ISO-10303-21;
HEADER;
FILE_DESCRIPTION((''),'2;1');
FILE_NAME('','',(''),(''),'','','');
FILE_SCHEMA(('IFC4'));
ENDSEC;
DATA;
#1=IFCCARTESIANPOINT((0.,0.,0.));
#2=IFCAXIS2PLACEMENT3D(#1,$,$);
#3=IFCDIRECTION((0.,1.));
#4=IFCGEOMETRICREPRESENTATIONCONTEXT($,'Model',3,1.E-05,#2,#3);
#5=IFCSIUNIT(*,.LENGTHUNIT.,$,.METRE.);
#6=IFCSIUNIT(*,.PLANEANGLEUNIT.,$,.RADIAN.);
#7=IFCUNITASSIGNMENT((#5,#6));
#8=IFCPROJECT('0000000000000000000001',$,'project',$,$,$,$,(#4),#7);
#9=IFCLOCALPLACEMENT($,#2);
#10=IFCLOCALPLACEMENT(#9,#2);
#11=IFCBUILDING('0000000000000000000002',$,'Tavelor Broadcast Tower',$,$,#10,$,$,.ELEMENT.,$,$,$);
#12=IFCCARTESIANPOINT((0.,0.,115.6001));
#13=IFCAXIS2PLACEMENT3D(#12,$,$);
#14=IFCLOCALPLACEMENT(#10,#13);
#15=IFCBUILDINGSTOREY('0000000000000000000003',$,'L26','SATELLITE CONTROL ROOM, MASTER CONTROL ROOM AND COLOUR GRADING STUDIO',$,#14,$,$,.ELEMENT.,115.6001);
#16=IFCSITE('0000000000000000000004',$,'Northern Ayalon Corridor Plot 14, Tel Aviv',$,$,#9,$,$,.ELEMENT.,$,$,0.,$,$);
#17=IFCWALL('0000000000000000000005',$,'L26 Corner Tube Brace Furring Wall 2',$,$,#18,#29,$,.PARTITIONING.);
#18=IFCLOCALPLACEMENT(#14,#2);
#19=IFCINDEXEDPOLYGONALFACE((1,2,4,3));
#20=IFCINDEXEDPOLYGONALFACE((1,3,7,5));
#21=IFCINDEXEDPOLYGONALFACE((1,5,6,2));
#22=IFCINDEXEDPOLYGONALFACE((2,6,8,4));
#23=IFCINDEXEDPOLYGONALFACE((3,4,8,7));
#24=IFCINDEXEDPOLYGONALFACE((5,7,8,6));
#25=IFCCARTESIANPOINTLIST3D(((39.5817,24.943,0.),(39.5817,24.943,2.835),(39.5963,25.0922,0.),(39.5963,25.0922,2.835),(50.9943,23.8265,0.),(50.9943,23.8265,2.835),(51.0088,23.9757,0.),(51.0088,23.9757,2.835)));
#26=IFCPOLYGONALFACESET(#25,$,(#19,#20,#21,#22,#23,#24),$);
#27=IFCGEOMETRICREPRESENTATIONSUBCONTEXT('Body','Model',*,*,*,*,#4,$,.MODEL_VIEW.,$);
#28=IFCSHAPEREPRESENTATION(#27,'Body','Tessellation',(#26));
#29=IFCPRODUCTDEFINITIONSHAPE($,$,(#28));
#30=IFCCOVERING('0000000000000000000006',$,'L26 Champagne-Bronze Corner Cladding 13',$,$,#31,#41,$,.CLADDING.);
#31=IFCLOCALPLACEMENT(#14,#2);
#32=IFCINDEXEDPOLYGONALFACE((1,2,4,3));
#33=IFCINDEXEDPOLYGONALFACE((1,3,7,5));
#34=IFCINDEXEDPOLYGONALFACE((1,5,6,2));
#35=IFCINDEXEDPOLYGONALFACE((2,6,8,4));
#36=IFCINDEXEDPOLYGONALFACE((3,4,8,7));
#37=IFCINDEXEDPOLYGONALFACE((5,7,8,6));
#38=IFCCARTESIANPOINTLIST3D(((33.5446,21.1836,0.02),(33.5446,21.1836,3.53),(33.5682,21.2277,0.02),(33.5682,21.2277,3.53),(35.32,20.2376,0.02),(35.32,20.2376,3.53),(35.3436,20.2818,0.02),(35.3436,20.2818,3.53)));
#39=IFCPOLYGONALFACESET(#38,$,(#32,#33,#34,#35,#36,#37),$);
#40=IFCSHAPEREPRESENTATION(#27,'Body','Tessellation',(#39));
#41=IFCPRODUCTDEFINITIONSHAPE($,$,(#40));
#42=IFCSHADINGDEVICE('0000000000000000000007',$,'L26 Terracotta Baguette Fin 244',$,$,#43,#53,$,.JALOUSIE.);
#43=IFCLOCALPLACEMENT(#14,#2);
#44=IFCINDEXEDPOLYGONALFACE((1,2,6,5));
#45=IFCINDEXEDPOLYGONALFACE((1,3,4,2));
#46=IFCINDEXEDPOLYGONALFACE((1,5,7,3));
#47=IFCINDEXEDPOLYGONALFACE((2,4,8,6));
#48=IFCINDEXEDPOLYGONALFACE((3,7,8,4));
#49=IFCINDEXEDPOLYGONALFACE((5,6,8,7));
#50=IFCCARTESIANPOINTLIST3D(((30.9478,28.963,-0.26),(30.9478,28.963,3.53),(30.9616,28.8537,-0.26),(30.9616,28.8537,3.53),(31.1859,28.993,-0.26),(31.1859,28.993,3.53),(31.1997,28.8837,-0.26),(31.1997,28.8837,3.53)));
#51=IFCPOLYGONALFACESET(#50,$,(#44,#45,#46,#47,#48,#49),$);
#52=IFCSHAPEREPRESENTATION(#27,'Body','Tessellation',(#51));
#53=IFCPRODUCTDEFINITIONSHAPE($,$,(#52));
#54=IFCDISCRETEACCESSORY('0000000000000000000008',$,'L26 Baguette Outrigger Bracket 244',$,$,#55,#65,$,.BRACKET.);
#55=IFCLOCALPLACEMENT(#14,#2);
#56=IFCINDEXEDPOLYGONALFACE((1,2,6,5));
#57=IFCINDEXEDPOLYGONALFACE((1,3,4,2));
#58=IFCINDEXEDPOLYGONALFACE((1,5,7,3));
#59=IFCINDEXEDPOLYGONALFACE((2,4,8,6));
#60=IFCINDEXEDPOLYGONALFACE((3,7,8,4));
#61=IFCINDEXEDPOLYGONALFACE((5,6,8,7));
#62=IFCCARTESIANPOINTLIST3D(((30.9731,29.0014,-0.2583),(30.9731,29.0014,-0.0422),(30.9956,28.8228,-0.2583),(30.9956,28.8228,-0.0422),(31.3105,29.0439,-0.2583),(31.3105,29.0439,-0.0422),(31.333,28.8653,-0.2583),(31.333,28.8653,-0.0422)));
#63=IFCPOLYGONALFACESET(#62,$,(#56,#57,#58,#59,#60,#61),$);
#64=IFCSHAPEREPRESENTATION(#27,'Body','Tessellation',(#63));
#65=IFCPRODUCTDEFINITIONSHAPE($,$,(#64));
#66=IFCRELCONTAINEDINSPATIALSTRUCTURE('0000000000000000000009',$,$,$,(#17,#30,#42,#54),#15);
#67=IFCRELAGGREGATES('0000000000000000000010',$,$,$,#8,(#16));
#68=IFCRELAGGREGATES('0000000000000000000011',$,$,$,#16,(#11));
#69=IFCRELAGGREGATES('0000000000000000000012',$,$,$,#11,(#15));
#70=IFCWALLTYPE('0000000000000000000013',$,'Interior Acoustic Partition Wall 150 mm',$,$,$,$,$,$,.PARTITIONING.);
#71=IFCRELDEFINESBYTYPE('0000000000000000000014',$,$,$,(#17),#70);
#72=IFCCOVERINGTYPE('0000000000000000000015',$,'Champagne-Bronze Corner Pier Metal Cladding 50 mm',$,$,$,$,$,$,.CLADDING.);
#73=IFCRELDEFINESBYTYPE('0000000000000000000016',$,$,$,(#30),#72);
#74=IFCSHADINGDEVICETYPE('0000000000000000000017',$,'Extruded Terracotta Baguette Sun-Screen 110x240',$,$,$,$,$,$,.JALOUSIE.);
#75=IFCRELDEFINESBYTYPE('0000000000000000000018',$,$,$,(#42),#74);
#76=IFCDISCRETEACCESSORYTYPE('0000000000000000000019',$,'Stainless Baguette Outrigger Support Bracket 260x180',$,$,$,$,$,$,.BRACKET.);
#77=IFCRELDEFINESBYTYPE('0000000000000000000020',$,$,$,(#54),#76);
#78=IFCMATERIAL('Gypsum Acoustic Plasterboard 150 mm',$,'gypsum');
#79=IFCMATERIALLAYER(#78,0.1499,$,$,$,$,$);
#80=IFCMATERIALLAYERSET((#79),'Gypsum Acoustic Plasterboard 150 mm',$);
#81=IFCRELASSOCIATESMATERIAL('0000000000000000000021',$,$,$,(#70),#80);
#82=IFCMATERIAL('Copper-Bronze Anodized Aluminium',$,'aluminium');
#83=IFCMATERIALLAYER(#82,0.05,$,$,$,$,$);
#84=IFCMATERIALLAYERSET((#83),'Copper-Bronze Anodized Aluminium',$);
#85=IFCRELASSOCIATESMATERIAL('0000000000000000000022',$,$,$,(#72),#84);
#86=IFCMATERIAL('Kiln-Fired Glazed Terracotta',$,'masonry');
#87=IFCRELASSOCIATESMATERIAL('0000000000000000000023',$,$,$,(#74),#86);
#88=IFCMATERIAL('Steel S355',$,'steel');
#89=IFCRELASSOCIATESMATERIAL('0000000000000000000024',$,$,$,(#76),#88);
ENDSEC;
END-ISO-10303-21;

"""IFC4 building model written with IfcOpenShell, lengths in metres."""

from ifc_helpers import new_model, si_unit, direction, frame, frame_2d, origin, origin_2d, place, context, subcontext, project, spatial, rectangle, extrude, source, transform, mapped, material, layer, layer_set, type_object, type_shapes, element, save


model = new_model("IFC4")

# Units and contexts
model_context = context("Model", 3, precision=1e-05, world=origin(), true_north=direction((0.0, 1.0)))
body_context = subcontext(model_context, "Body", "Model", "MODEL_VIEW")
ifc_project = project(units=[si_unit("LENGTHUNIT", "METRE"), si_unit("PLANEANGLEUNIT", "RADIAN")], contexts=[model_context])

# Site, building, storey
site_placement = place(None, origin())
site = spatial("IfcSite", under=ifc_project, at=site_placement, Name="Northern Ayalon Corridor Plot 14, Tel Aviv", CompositionType="ELEMENT", RefElevation=0.0)
building_placement = place(site_placement, origin())
building = spatial("IfcBuilding", under=site, at=building_placement, Name="Tavelor Broadcast Tower", CompositionType="ELEMENT")
storey_placement = place(building_placement, frame((0.0, 0.0, 115.6001)))
storey = spatial("IfcBuildingStorey", under=building, at=storey_placement, Name="L26", Description="SATELLITE CONTROL ROOM, MASTER CONTROL ROOM AND COLOUR GRADING STUDIO", CompositionType="ELEMENT", Elevation=115.6001)

# Shared definitions
ifc_material_1 = material(Name="Steel S355", Category="steel")

# Wall
ifc_material_2 = material(Name="Gypsum Acoustic Plasterboard 150 mm", Category="gypsum")
ifc_layer_1 = layer(ifc_material_2, 0.1499)
ifc_layer_set_1 = layer_set([ifc_layer_1], Name="Gypsum Acoustic Plasterboard 150 mm")
wall_type_1 = type_object("IfcWallType", Name="Interior Acoustic Partition Wall 150 mm", PredefinedType="PARTITIONING", material=ifc_layer_set_1)
wall_1_placement = place(storey_placement, frame((39.5891, 25.0176, 0.0), z_axis=(0.0, 0.0, 1.0), x_axis=(0.995249, -0.097362, 0.0)))
element("IfcWall", 1, at=wall_1_placement, inside=storey, type_object=wall_type_1, Name="L26 Corner Tube Brace Furring Wall 2", PredefinedType="PARTITIONING", context=body_context, shape_type="SweptSolid", body=[
    extrude(rectangle(XDim=11.467, YDim=0.1499, at=frame_2d((5.7334, 0.0))), origin(), (0.0, 0.0, 1.0), 2.835),
])

# Covering
ifc_material_3 = material(Name="Copper-Bronze Anodized Aluminium", Category="aluminium")
ifc_layer_2 = layer(ifc_material_3, 0.05)
ifc_layer_set_2 = layer_set([ifc_layer_2], Name="Copper-Bronze Anodized Aluminium")
covering_type = type_object("IfcCoveringType", Name="Champagne-Bronze Corner Pier Metal Cladding 50 mm", PredefinedType="CLADDING", material=ifc_layer_set_2)
covering_placement = place(storey_placement, frame((34.4441, 20.7327, 0.02), z_axis=(0.0, 0.0, 1.0), x_axis=(0.882538, -0.470242, 0.0)))
element("IfcCovering", 2, at=covering_placement, inside=storey, type_object=covering_type, Name="L26 Champagne-Bronze Corner Cladding 13", PredefinedType="CLADDING", context=body_context, shape_type="SweptSolid", body=[
    extrude(rectangle(XDim=2.0117, YDim=0.05, at=origin_2d()), origin(), (0.0, 0.0, 1.0), 3.51),
])

# Shading device
ifc_material_4 = material(Name="Kiln-Fired Glazed Terracotta", Category="masonry")
shading_device_type = type_object("IfcShadingDeviceType", Name="Extruded Terracotta Baguette Sun-Screen 110x240", PredefinedType="JALOUSIE", material=ifc_material_4)
shared_shape_1 = source(origin(), body_context, "Body", "SweptSolid", [
    extrude(rectangle(XDim=0.1101, YDim=0.24, at=origin_2d()), origin(), (0.0, 0.0, 1.0), 3.79),
])
type_shapes(shading_device_type, [shared_shape_1])
shading_device_placement = place(storey_placement, frame((31.0737, 28.9233, -0.26), z_axis=(0.0, 0.0, 1.0), x_axis=(0.124987, -0.992158, 0.0)))
element("IfcShadingDevice", 3, at=shading_device_placement, inside=storey, type_object=shading_device_type, Name="L26 Terracotta Baguette Fin 244", PredefinedType="JALOUSIE", context=body_context, shape_type="MappedRepresentation", body=[
    mapped(shared_shape_1, transform((0.0, 0.0, 0.0), scale=1.0)),
])

# Discrete accessory
discrete_accessory_type = type_object("IfcDiscreteAccessoryType", Name="Stainless Baguette Outrigger Support Bracket 260x180", PredefinedType="BRACKET", material=ifc_material_1)
shared_shape_2 = source(origin(), body_context, "Body", "SweptSolid", [
    extrude(rectangle(XDim=0.1799, YDim=0.3401, at=origin_2d()), origin(), (0.0, 0.0, 1.0), 0.2161),
])
type_shapes(discrete_accessory_type, [shared_shape_2])
discrete_accessory_placement = place(storey_placement, frame((31.1531, 28.9333, -0.2583), z_axis=(0.0, 0.0, 1.0), x_axis=(0.124987, -0.992158, 0.0)))
element("IfcDiscreteAccessory", 4, at=discrete_accessory_placement, inside=storey, type_object=discrete_accessory_type, Name="L26 Baguette Outrigger Bracket 244", PredefinedType="BRACKET", context=body_context, shape_type="MappedRepresentation", body=[
    mapped(shared_shape_2, transform((0.0, 0.0, 0.0), scale=1.0)),
])

save(model, "model.ifc")
